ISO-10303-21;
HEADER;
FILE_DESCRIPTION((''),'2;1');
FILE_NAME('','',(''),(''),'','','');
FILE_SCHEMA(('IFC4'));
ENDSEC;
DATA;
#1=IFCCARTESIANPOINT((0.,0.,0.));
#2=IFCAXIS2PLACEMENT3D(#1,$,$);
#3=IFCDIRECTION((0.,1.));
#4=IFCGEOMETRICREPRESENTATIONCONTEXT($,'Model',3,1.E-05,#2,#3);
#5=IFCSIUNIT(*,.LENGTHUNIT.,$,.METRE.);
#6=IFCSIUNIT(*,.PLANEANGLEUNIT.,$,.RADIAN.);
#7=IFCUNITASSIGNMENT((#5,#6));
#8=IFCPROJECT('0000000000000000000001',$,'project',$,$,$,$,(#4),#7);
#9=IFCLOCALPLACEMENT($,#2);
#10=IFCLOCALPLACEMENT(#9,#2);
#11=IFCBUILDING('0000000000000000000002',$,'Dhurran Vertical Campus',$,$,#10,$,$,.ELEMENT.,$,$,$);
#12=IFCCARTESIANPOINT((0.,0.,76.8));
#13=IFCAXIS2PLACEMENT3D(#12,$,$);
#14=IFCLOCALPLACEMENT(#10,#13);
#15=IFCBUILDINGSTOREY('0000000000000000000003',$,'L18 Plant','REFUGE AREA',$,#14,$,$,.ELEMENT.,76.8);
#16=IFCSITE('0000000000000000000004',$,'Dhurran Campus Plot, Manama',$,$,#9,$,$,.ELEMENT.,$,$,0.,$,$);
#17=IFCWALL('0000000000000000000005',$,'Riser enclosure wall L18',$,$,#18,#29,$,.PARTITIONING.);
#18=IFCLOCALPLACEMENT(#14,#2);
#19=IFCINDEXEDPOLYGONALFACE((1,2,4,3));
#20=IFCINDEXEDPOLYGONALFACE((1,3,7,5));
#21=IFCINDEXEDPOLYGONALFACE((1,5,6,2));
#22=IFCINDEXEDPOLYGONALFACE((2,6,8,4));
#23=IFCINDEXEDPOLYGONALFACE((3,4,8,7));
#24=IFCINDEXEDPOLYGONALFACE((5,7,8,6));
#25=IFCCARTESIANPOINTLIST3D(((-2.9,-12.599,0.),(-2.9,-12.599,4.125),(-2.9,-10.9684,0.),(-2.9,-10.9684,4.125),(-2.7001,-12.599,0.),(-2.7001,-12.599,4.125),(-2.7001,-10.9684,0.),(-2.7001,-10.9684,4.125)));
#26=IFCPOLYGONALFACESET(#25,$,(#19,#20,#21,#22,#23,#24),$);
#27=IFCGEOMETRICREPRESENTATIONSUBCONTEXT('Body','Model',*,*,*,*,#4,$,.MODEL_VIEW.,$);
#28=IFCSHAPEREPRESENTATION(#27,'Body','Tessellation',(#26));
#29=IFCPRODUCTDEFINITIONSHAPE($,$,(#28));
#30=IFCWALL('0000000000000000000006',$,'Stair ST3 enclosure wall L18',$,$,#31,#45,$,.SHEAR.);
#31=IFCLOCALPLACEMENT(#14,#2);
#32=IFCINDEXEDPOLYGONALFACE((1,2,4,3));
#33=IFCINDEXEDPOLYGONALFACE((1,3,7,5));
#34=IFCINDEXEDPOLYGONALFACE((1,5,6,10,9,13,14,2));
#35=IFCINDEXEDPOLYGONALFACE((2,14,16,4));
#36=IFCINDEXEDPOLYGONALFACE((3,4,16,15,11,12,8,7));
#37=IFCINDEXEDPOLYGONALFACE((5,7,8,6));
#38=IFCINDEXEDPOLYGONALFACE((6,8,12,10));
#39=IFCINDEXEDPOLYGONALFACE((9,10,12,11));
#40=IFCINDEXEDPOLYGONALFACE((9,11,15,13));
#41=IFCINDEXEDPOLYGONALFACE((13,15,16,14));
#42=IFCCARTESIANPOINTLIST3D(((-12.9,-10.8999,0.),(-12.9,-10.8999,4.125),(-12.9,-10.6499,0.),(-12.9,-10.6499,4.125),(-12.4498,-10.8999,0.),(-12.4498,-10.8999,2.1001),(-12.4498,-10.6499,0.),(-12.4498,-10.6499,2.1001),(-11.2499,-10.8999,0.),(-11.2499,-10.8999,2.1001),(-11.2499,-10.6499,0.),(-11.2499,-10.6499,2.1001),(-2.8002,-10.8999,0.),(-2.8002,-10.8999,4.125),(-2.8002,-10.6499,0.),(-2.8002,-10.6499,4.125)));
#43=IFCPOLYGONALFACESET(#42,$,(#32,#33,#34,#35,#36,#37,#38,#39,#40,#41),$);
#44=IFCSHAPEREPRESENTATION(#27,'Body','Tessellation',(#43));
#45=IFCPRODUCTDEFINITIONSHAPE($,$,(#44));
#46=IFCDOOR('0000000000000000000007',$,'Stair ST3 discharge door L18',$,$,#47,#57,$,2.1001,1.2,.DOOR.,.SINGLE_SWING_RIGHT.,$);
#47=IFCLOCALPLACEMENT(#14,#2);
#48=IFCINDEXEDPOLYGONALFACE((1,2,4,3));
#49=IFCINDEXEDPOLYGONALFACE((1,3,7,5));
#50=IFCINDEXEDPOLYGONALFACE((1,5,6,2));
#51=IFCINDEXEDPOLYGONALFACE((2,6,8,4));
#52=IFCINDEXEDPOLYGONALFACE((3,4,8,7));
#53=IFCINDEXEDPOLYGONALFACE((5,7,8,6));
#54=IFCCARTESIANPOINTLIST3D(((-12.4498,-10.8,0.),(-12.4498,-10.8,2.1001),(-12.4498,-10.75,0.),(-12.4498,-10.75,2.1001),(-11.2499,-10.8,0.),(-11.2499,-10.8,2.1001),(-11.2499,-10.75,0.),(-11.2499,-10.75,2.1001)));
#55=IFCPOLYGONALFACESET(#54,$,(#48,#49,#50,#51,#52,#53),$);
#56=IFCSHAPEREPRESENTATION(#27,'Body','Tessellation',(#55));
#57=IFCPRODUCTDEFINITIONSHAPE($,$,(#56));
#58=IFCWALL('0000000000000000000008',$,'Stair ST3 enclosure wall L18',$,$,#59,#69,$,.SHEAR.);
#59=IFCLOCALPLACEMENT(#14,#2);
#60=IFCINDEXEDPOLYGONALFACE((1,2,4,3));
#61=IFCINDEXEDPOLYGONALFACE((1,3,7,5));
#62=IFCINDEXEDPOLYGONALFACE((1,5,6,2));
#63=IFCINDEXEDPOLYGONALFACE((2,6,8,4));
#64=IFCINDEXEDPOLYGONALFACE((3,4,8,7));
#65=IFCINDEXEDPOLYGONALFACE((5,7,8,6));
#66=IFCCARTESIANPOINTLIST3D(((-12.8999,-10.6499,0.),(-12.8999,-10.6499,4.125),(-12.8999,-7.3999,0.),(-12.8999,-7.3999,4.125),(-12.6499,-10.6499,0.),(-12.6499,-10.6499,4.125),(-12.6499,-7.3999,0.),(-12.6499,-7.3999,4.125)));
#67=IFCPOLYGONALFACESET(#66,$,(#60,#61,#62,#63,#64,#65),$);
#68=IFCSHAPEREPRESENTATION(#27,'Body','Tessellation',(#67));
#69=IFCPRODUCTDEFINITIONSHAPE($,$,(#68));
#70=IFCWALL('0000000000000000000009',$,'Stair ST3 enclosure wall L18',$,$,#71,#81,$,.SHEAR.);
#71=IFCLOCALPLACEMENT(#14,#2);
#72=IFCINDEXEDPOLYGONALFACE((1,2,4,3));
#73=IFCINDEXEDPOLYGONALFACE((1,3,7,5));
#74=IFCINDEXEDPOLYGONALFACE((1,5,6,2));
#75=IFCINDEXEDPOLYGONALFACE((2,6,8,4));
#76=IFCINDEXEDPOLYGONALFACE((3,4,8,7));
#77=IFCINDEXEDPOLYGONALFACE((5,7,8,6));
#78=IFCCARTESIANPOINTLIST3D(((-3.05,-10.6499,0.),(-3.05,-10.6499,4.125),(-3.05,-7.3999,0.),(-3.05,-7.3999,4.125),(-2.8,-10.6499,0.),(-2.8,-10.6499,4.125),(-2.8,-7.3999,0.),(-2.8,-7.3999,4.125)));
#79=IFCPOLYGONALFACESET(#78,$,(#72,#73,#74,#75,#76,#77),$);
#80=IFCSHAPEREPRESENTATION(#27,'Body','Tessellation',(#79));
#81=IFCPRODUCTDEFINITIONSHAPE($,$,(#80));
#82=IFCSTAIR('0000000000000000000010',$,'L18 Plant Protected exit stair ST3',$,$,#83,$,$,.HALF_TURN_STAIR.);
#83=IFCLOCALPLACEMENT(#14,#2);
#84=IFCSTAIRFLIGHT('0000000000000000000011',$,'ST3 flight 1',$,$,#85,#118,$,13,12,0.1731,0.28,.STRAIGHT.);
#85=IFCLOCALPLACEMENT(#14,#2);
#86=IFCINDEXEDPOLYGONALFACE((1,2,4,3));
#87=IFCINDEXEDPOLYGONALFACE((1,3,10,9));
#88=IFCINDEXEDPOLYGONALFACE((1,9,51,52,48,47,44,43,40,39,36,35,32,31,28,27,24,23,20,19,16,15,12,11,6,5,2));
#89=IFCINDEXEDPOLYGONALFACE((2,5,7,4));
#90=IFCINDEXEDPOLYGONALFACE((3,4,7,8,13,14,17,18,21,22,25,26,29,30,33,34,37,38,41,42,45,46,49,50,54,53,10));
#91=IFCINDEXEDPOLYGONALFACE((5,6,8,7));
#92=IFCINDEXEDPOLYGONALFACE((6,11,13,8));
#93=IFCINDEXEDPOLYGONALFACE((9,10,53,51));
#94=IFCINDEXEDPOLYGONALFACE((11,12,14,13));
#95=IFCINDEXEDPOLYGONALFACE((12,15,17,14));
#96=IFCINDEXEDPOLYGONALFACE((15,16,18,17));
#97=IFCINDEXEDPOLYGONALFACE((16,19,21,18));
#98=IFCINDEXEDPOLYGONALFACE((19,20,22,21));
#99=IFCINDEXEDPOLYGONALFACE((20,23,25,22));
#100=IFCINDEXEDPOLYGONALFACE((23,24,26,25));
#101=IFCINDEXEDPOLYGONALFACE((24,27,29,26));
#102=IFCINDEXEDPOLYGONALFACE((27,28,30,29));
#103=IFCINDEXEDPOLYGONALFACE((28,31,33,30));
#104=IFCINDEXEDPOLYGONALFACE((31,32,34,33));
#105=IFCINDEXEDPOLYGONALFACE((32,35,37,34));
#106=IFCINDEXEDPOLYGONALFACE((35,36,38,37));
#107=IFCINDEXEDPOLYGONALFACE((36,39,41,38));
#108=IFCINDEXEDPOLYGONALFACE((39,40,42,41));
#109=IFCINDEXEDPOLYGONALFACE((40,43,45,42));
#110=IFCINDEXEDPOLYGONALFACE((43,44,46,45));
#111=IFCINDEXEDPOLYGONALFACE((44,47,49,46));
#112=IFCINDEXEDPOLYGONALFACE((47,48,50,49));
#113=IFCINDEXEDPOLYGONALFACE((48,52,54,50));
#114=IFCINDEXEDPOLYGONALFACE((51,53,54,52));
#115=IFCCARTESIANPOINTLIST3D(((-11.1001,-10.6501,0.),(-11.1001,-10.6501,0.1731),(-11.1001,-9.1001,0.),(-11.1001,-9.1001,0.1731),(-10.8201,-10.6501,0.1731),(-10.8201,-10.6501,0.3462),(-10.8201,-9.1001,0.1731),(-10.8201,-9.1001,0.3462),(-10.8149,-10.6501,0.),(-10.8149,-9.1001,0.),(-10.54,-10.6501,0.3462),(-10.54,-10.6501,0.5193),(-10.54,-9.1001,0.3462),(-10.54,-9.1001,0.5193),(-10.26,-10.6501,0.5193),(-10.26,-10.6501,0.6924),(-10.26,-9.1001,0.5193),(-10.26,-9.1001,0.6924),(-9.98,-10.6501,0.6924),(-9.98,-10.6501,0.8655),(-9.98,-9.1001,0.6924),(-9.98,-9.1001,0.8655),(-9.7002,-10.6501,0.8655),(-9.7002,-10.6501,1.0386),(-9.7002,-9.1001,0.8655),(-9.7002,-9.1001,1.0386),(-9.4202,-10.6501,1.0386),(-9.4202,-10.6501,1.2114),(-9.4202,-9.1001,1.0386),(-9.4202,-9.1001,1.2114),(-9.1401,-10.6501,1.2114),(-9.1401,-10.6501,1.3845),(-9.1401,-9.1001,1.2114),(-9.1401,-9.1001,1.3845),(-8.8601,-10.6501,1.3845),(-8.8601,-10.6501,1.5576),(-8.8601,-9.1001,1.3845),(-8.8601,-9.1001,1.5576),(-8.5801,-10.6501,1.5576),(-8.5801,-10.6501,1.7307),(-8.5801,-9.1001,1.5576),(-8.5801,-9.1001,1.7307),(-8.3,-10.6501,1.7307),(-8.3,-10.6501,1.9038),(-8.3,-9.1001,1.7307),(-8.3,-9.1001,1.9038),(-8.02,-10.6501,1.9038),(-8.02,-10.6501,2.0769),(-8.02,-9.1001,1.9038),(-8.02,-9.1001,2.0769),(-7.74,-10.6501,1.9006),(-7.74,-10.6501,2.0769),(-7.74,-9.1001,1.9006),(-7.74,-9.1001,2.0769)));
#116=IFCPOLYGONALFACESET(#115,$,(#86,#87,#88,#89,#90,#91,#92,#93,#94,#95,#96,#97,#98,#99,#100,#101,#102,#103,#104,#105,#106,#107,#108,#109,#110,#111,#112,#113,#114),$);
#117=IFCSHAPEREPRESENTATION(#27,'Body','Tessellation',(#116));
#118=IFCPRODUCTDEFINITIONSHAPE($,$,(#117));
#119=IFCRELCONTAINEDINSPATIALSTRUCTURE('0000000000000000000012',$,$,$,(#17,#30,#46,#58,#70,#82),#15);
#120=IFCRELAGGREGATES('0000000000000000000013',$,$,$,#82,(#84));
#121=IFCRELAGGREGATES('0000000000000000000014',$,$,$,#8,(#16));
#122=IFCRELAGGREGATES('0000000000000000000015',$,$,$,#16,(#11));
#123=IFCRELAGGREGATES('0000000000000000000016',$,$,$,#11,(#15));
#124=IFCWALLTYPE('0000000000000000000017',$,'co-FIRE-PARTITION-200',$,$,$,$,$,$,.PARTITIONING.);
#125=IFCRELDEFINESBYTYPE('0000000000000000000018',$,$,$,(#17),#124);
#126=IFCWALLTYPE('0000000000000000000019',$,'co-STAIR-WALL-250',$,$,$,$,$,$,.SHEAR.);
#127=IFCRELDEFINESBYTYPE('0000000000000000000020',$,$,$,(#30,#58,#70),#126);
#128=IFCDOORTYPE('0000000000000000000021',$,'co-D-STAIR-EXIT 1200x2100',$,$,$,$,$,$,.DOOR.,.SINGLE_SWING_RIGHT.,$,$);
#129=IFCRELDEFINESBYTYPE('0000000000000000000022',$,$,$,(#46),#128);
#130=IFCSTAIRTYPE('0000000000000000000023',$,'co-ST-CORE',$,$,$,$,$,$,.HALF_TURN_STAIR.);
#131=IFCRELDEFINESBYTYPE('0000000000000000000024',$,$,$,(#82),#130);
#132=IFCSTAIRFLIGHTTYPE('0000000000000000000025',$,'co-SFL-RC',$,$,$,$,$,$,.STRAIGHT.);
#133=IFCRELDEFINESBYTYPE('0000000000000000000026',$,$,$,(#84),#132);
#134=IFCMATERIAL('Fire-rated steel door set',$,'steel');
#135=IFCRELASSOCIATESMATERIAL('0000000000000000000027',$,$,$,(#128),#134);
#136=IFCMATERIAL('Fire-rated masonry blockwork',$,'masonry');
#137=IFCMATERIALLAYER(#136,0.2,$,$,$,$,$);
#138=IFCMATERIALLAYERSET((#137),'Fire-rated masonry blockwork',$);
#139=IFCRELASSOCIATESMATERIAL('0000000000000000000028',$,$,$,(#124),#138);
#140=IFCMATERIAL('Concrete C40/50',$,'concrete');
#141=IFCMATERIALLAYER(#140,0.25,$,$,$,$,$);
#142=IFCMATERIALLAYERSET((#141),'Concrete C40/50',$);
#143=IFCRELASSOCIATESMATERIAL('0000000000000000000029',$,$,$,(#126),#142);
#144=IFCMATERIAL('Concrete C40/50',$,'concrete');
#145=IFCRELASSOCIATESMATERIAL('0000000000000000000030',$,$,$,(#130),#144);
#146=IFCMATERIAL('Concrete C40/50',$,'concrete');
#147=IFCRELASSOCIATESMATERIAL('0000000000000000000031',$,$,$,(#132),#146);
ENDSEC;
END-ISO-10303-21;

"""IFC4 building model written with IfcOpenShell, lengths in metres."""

from ifc_helpers import new_model, si_unit, direction, frame, frame_2d, origin, place, context, subcontext, project, spatial, polyline, rectangle, outline, extrude, material, layer, layer_set, type_object, element, fill, aggregate, save


model = new_model("IFC4")

# Units and contexts
model_context = context("Model", 3, precision=1e-05, world=origin(), true_north=direction((0.0, 1.0)))
body_context = subcontext(model_context, "Body", "Model", "MODEL_VIEW")
ifc_project = project(units=[si_unit("LENGTHUNIT", "METRE"), si_unit("PLANEANGLEUNIT", "RADIAN")], contexts=[model_context])

# Site, building, storey
site_placement = place(None, origin())
site = spatial("IfcSite", under=ifc_project, at=site_placement, Name="Dhurran Campus Plot, Manama", CompositionType="ELEMENT", RefElevation=0.0)
building_placement = place(site_placement, origin())
building = spatial("IfcBuilding", under=site, at=building_placement, Name="Dhurran Vertical Campus", CompositionType="ELEMENT")
storey_placement = place(building_placement, frame((0.0, 0.0, 76.8)))
storey = spatial("IfcBuildingStorey", under=building, at=storey_placement, Name="L18 Plant", Description="REFUGE AREA", CompositionType="ELEMENT", Elevation=76.8)

# Shared definitions
ifc_material_1 = material(Name="Fire-rated steel door set", Category="steel")
door_type_1 = type_object("IfcDoorType", Name="co-D-STAIR-EXIT 1200x2100", OperationType="SINGLE_SWING_RIGHT", PredefinedType="DOOR", material=ifc_material_1)

# Shared definitions
ifc_material_2 = material(Name="Fire-rated masonry blockwork", Category="masonry")
ifc_layer_1 = layer(ifc_material_2, 0.2)
ifc_layer_set_1 = layer_set([ifc_layer_1], Name="Fire-rated masonry blockwork")
wall_type_1 = type_object("IfcWallType", Name="co-FIRE-PARTITION-200", PredefinedType="PARTITIONING", material=ifc_layer_set_1)

# Wall
wall_1_placement = place(storey_placement, frame((-2.8, -12.5991, 0.0), z_axis=(0.0, 0.0, 1.0), x_axis=(0.0, 1.0, 0.0)))
element("IfcWall", 1, at=wall_1_placement, inside=storey, type_object=wall_type_1, Name="Riser enclosure wall L18", PredefinedType="PARTITIONING", context=body_context, shape_type="SweptSolid", body=[
    extrude(rectangle(XDim=1.6306, YDim=0.2, at=frame_2d((0.8154, 0.0))), origin(), (0.0, 0.0, 1.0), 4.125),
])

# Wall, opening, door
ifc_material_3 = material(Name="Concrete C40/50", Category="concrete")
ifc_layer_2 = layer(ifc_material_3, 0.25)
ifc_layer_set_2 = layer_set([ifc_layer_2], Name="Concrete C40/50")
wall_type_2 = type_object("IfcWallType", Name="co-STAIR-WALL-250", PredefinedType="SHEAR", material=ifc_layer_set_2)
wall_2_placement = place(storey_placement, frame((-12.8999, -10.7749, 0.0), z_axis=(0.0, 0.0, 1.0), x_axis=(1.0, 0.0, 0.0)))
wall_2 = element("IfcWall", 2, at=wall_2_placement, inside=storey, type_object=wall_type_2, Name="Stair ST3 enclosure wall L18", PredefinedType="SHEAR", context=body_context, shape_type="SweptSolid", body=[
    extrude(rectangle(XDim=10.0999, YDim=0.25, at=frame_2d((5.0498, 0.0))), origin(), (0.0, 0.0, 1.0), 4.125),
])
opening_1_placement = place(wall_2_placement, frame((0.45, 0.0, 0.0)))
opening_1 = element("IfcOpeningElement", 3, at=opening_1_placement, cuts=wall_2, PredefinedType="OPENING", context=body_context, shape_type="SweptSolid", body=[
    extrude(rectangle(XDim=1.2, YDim=2.1001, at=frame_2d((0.6001, 1.05))), frame((0.0, 0.135, 0.0), z_axis=(0.0, -1.0, 0.0), x_axis=(1.0, 0.0, 0.0)), (0.0, 0.0, 1.0), 0.27),
])
door_1_placement = place(opening_1_placement, origin())
door_1 = element("IfcDoor", 4, at=door_1_placement, inside=storey, type_object=door_type_1, Name="Stair ST3 discharge door L18", OperationType="SINGLE_SWING_RIGHT", OverallHeight=2.1001, OverallWidth=1.2, PredefinedType="DOOR", context=body_context, shape_type="SweptSolid", body=[
    extrude(rectangle(XDim=1.2, YDim=2.1001, at=frame_2d((0.6001, 1.05))), frame((0.0, 0.0249, 0.0), z_axis=(0.0, -1.0, 0.0), x_axis=(1.0, 0.0, 0.0)), (0.0, 0.0, 1.0), 0.05),
])
fill(opening_1, door_1)

# Walls
for number, where, z_axis, x_axis, name in (
    (5, (-12.7749, -10.6499, 0.0), (0.0, 0.0, 1.0), (0.0, 1.0, 0.0), "Stair ST3 enclosure wall L18"),
    (6, (-2.925, -10.6499, 0.0), (0.0, 0.0, 1.0), (0.0, 1.0, 0.0), "Stair ST3 enclosure wall L18"),
):
    element("IfcWall", number, at=place(storey_placement, frame(where, z_axis=z_axis, x_axis=x_axis)), inside=storey, type_object=wall_type_2, Name=name, PredefinedType="SHEAR", context=body_context, shape_type="SweptSolid", body=[
        extrude(rectangle(XDim=3.25, YDim=0.25, at=frame_2d((1.625, 0.0))), origin(), (0.0, 0.0, 1.0), 4.125),
    ])

# Stair, stair flight
ifc_material_4 = material(Name="Concrete C40/50", Category="concrete")
stair_type = type_object("IfcStairType", Name="co-ST-CORE", PredefinedType="HALF_TURN_STAIR", material=ifc_material_4)
stair_placement = place(storey_placement, origin())
stair = element("IfcStair", 7, at=stair_placement, inside=storey, type_object=stair_type, Name="L18 Plant Protected exit stair ST3", PredefinedType="HALF_TURN_STAIR")
ifc_material_5 = material(Name="Concrete C40/50", Category="concrete")
stair_flight_type = type_object("IfcStairFlightType", Name="co-SFL-RC", PredefinedType="STRAIGHT", material=ifc_material_5)
stair_flight_placement = place(storey_placement, frame((-11.1001, -9.875, 0.0), z_axis=(0.0, 0.0, 1.0), x_axis=(1.0, 0.0, 0.0)))
stair_flight = element("IfcStairFlight", 8, at=stair_flight_placement, type_object=stair_flight_type, Name="ST3 flight 1", NumberOfRisers=13, NumberOfTreads=12, PredefinedType="STRAIGHT", RiserHeight=0.1731, TreadLength=0.28, context=body_context, shape_type="SweptSolid", body=[
    extrude(outline(polyline([(0.0, 0.0), (0.0, 0.1731), (0.28, 0.1731), (0.28, 0.3462), (0.5601, 0.3462), (0.5601, 0.5193), (0.8401, 0.5193), (0.8401, 0.6924), (1.1201, 0.6924), (1.1201, 0.8655), (1.3999, 0.8655), (1.3999, 1.0386), (1.6799, 1.0386), (1.6799, 1.2114), (1.96, 1.2114), (1.96, 1.3845), (2.24, 1.3845), (2.24, 1.5576), (2.52, 1.5576), (2.52, 1.7307), (2.8, 1.7307), (2.8, 1.9038), (3.0801, 1.9038), (3.0801, 2.0769), (3.3601, 2.0769), (3.3601, 2.25), (3.3601, 1.9006), (0.2852, 0.0), (0.0, 0.0)])), frame((0.0, 0.7749, 0.0), z_axis=(0.0, -1.0, 0.0), x_axis=(1.0, 0.0, 0.0)), (0.0, 0.0, 1.0), 1.55),
])
aggregate(stair, [stair_flight])

save(model, "model.ifc")
